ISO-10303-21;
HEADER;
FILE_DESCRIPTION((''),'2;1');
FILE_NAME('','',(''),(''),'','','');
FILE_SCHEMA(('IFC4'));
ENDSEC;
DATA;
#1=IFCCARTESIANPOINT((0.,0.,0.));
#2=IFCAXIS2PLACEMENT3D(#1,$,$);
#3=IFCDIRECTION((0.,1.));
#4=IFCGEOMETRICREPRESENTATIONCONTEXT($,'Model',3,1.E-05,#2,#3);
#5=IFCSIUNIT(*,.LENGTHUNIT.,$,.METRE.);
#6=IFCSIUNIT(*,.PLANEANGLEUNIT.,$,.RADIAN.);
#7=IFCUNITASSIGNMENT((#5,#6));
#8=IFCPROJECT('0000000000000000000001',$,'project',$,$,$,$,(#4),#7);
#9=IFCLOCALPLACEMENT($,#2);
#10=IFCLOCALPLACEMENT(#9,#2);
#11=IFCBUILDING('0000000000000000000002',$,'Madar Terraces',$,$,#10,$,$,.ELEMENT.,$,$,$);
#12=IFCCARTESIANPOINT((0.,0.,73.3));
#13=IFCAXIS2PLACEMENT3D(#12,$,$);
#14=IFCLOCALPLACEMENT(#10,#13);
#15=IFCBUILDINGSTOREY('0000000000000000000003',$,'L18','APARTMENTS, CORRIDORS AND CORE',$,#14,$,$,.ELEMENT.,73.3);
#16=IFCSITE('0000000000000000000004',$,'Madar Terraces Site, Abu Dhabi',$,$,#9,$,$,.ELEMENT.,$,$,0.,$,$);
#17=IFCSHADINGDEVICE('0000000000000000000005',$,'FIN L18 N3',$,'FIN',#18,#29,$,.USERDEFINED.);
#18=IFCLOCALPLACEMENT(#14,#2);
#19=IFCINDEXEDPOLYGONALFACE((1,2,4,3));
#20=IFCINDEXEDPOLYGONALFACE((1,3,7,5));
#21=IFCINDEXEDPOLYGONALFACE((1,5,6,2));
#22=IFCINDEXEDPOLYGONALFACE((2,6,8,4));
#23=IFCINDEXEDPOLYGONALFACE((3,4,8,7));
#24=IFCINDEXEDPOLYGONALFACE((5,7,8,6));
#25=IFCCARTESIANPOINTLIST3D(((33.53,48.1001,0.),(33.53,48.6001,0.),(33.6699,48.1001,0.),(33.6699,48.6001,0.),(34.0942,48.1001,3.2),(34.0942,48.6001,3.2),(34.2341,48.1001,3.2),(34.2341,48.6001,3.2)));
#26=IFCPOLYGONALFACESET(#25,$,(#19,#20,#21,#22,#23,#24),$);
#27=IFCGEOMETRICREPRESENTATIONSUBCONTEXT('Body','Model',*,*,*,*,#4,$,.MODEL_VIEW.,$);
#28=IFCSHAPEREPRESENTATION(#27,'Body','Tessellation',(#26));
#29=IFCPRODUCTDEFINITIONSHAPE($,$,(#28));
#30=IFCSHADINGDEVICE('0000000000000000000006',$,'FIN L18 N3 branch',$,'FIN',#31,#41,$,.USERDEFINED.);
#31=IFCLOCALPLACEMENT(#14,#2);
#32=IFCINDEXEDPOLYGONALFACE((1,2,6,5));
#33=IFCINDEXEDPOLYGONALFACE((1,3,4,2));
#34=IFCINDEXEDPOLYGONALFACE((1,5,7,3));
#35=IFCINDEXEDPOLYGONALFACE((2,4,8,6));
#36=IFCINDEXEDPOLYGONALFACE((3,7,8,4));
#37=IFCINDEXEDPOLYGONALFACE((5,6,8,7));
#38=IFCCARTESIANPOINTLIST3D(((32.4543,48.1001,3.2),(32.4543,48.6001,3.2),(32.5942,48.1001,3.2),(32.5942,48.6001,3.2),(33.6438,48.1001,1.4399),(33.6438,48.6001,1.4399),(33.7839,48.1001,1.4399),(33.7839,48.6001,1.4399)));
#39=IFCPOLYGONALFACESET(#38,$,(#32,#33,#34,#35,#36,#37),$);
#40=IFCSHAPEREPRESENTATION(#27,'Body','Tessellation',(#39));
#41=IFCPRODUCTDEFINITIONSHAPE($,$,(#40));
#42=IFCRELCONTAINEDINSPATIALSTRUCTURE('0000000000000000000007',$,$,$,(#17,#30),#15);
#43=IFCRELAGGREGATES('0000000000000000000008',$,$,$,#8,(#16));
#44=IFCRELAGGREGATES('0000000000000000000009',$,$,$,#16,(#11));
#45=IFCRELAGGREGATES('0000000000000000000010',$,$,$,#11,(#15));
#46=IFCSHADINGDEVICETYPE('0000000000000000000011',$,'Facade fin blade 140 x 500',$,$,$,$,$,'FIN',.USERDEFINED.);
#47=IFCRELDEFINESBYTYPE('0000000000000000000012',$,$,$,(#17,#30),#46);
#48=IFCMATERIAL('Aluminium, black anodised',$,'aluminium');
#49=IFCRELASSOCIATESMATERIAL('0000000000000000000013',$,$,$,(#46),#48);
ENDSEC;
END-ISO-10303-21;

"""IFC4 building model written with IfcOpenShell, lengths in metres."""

from ifc_helpers import new_model, si_unit, direction, frame, origin, place, context, subcontext, project, spatial, polyline, outline, extrude, material, type_object, element, save


model = new_model("IFC4")

# Units and contexts
model_context = context("Model", 3, precision=1e-05, world=origin(), true_north=direction((0.0, 1.0)))
body_context = subcontext(model_context, "Body", "Model", "MODEL_VIEW")
ifc_project = project(units=[si_unit("LENGTHUNIT", "METRE"), si_unit("PLANEANGLEUNIT", "RADIAN")], contexts=[model_context])

# Site, building, storey
site_placement = place(None, origin())
site = spatial("IfcSite", under=ifc_project, at=site_placement, Name="Madar Terraces Site, Abu Dhabi", CompositionType="ELEMENT", RefElevation=0.0)
building_placement = place(site_placement, origin())
building = spatial("IfcBuilding", under=site, at=building_placement, Name="Madar Terraces", CompositionType="ELEMENT")
storey_placement = place(building_placement, frame((0.0, 0.0, 73.3)))
storey = spatial("IfcBuildingStorey", under=building, at=storey_placement, Name="L18", Description="APARTMENTS, CORRIDORS AND CORE", CompositionType="ELEMENT", Elevation=73.3)

# Shading devices
ifc_material_1 = material(Name="Aluminium, black anodised", Category="aluminium")
shading_device_type = type_object("IfcShadingDeviceType", Name="Facade fin blade 140 x 500", ElementType="FIN", PredefinedType="USERDEFINED", material=ifc_material_1)
shading_device_1_placement = place(storey_placement, frame((33.6699, 48.3501, 0.0), z_axis=(0.0, 0.0, 1.0), x_axis=(-1.0, 0.0, 0.0)))
element("IfcShadingDevice", 1, at=shading_device_1_placement, inside=storey, type_object=shading_device_type, Name="FIN L18 N3", ObjectType="FIN", PredefinedType="USERDEFINED", context=body_context, shape_type="SweptSolid", body=[
    extrude(outline(polyline([(0.0, 0.0), (0.1399, 0.0), (-0.4243, 3.2), (-0.5642, 3.2), (0.0, 0.0)])), frame((0.0, 0.25, 0.0), z_axis=(0.0, -1.0, 0.0), x_axis=(1.0, 0.0, 0.0)), (0.0, 0.0, 1.0), 0.5),
])
shading_device_2_placement = place(storey_placement, frame((33.7839, 48.3501, 1.4399), z_axis=(0.0, 0.0, 1.0), x_axis=(-1.0, 0.0, 0.0)))
element("IfcShadingDevice", 2, at=shading_device_2_placement, inside=storey, type_object=shading_device_type, Name="FIN L18 N3 branch", ObjectType="FIN", PredefinedType="USERDEFINED", context=body_context, shape_type="SweptSolid", body=[
    extrude(outline(polyline([(0.0, 0.0), (0.1401, 0.0), (1.3296, 1.76), (1.1897, 1.76), (0.0, 0.0)])), frame((0.0, 0.25, 0.0), z_axis=(0.0, -1.0, 0.0), x_axis=(1.0, 0.0, 0.0)), (0.0, 0.0, 1.0), 0.5),
])

save(model, "model.ifc")
